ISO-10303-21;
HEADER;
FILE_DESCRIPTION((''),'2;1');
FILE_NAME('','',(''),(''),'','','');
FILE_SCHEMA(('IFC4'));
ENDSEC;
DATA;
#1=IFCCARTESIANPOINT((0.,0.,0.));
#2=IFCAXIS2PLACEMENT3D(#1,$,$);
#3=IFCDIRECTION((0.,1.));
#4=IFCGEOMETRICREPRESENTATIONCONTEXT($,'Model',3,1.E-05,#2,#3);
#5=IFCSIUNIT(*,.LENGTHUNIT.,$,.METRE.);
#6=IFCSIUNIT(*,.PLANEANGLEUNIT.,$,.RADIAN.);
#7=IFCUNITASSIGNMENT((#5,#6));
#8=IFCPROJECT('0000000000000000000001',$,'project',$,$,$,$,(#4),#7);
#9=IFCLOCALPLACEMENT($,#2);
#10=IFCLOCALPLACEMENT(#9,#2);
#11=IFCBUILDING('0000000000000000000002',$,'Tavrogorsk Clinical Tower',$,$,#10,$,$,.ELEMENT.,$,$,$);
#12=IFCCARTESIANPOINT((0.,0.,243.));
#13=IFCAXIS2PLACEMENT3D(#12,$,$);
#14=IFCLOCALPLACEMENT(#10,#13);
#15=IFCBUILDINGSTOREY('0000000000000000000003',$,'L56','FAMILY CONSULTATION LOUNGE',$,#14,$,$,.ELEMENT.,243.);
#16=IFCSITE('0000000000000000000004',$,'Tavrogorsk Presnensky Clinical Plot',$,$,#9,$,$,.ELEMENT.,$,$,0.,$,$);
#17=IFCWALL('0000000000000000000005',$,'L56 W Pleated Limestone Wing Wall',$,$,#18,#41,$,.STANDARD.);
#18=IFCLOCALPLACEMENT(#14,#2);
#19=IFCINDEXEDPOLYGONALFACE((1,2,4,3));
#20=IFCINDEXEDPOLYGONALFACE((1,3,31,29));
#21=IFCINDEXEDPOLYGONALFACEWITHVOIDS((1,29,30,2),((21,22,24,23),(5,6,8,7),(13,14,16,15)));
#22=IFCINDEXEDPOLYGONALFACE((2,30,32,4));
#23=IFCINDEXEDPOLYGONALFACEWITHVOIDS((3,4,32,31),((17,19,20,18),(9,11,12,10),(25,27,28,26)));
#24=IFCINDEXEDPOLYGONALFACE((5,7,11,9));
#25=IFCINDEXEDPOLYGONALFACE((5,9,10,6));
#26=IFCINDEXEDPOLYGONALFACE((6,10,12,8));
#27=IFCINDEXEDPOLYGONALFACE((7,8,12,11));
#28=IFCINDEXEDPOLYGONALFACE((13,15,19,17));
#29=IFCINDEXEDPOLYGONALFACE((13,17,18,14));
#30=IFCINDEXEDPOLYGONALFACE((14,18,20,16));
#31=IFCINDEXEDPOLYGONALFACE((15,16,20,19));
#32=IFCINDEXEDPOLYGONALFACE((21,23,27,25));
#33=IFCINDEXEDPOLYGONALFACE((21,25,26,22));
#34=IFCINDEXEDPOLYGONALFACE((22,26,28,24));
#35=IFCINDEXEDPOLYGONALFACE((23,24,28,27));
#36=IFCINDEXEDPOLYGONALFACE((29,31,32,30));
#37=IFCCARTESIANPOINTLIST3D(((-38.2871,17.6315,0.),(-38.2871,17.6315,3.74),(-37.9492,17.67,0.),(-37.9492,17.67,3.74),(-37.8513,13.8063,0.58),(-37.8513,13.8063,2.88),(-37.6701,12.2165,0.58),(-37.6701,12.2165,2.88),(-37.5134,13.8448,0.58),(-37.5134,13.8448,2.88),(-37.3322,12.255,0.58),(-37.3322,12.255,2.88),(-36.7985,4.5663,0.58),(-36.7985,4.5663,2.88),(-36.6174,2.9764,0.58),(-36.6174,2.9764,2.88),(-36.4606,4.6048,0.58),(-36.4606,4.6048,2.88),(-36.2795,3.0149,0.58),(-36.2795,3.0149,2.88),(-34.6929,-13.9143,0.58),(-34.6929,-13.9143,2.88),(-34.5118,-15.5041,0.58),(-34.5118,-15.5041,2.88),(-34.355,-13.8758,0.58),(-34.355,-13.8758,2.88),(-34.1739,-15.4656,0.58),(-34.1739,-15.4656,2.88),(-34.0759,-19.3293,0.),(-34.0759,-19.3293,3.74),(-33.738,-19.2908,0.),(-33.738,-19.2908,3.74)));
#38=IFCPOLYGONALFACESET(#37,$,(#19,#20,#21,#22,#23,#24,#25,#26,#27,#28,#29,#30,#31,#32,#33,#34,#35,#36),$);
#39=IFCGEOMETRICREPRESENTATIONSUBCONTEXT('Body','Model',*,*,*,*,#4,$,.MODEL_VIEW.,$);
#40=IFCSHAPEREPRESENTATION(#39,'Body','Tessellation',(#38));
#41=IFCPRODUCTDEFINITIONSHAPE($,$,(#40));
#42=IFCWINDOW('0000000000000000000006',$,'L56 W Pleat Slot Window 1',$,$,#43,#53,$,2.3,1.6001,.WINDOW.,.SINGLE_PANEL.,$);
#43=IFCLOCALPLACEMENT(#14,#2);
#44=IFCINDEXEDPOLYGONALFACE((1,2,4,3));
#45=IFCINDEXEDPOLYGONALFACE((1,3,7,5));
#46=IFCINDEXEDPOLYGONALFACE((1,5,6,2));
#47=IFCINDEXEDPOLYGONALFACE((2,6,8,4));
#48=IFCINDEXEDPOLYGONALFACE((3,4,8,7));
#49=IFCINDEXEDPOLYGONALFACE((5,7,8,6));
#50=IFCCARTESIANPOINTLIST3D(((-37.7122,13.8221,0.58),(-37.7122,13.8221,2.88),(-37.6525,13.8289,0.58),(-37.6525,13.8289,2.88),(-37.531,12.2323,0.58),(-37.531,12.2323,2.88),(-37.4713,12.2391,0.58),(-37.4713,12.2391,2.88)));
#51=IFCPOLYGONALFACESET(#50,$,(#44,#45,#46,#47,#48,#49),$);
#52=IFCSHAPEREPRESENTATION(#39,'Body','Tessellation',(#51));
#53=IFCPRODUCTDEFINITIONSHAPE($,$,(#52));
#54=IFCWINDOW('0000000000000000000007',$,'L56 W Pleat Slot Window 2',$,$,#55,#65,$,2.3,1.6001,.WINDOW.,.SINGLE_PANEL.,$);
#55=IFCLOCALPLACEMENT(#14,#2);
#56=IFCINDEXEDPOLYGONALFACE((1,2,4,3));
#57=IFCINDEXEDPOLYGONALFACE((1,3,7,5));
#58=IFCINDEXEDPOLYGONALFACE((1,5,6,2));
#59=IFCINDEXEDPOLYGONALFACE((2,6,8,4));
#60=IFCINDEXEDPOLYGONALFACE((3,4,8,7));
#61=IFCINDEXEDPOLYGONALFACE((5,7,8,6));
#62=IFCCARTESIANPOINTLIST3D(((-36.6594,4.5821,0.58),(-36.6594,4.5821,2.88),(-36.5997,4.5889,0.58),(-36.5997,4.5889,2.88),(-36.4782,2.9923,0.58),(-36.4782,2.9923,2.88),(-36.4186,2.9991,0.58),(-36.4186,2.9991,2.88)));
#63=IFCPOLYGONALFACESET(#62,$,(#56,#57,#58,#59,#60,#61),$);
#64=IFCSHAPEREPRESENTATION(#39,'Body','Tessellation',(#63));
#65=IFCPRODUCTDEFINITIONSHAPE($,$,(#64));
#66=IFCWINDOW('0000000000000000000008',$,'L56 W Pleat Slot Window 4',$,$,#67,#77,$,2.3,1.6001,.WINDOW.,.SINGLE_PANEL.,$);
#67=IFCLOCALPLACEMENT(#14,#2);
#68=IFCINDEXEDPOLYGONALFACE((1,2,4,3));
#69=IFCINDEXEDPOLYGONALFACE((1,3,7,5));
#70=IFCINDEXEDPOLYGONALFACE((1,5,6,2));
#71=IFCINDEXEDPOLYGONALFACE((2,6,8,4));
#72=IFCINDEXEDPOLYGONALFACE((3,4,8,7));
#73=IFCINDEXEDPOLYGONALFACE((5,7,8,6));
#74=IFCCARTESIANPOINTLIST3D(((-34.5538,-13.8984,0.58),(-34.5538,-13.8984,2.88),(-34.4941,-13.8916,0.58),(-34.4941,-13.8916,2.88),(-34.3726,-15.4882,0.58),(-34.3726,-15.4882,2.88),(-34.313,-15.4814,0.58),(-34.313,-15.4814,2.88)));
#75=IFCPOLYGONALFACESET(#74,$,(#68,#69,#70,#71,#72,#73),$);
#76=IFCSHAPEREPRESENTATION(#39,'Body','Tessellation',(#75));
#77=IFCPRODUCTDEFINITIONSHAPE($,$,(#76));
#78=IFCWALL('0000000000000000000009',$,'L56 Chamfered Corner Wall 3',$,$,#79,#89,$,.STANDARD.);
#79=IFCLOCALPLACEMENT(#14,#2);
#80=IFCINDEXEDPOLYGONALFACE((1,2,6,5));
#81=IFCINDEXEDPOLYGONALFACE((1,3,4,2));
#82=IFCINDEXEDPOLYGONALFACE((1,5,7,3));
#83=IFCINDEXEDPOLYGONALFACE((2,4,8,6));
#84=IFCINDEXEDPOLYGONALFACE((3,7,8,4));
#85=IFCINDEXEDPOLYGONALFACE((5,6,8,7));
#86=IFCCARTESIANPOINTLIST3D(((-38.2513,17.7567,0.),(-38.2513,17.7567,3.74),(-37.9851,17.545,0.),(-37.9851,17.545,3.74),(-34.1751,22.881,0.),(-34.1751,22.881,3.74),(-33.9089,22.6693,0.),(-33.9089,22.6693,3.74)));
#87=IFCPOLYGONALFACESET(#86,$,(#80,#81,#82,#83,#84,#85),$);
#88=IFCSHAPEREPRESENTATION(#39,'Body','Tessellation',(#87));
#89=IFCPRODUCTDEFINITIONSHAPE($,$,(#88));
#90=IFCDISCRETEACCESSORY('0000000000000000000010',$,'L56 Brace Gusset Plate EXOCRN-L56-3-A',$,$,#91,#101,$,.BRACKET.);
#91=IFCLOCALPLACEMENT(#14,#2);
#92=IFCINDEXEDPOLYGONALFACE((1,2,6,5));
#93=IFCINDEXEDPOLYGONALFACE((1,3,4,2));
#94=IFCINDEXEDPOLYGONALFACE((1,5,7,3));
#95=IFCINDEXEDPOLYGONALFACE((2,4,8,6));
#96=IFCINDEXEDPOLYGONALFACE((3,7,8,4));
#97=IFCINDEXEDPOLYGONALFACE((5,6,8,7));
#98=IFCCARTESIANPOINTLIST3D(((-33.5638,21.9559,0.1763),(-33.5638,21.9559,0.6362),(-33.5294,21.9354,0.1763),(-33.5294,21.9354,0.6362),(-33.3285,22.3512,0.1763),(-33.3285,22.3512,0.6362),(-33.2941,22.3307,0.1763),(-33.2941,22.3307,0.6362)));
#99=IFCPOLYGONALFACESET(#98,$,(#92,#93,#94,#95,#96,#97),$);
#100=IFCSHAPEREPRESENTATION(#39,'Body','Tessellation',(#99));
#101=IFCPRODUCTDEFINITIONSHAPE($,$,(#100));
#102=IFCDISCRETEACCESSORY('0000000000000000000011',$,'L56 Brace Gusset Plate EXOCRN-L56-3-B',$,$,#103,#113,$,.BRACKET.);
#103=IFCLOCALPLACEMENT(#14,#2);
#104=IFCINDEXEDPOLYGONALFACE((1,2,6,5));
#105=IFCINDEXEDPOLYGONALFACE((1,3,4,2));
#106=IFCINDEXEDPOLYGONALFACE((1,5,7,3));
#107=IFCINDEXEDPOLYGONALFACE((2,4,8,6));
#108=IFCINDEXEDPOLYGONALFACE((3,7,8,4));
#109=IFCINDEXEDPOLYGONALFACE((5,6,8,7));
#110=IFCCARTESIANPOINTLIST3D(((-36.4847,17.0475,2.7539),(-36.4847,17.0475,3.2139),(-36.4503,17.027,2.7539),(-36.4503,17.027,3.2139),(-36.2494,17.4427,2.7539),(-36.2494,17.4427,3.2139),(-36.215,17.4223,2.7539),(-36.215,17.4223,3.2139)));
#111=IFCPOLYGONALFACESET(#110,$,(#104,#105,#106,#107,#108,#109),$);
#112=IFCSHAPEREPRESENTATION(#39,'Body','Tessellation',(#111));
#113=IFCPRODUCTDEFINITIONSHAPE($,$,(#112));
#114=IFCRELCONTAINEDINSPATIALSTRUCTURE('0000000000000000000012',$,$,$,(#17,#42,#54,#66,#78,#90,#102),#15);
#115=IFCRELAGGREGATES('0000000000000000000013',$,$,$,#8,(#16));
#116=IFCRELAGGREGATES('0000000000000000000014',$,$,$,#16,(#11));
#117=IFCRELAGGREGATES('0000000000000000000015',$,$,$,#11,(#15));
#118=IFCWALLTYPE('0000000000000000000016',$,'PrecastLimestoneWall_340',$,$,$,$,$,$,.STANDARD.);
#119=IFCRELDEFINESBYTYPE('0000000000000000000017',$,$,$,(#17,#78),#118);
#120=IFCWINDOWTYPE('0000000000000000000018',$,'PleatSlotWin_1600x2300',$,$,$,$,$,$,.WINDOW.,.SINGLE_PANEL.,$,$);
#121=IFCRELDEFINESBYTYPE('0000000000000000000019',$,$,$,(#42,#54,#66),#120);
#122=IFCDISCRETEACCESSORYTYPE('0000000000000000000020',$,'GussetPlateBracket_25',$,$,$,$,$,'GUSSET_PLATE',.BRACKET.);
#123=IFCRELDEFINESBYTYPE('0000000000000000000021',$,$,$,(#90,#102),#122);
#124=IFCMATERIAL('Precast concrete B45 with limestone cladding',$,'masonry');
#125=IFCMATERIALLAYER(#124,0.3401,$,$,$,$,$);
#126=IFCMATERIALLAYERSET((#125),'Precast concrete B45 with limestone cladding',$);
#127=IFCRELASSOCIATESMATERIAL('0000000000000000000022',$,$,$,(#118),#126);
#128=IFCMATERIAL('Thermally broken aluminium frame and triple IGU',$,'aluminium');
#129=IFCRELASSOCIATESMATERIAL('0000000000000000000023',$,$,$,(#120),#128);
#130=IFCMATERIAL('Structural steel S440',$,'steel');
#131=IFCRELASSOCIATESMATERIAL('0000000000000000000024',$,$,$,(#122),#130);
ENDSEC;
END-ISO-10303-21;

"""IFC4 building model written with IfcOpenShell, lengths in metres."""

from ifc_helpers import new_model, si_unit, direction, frame, frame_2d, origin, origin_2d, place, context, subcontext, project, spatial, rectangle, extrude, material, layer, layer_set, type_object, element, fill, save


model = new_model("IFC4")

# Units and contexts
model_context = context("Model", 3, precision=1e-05, world=origin(), true_north=direction((0.0, 1.0)))
body_context = subcontext(model_context, "Body", "Model", "MODEL_VIEW")
ifc_project = project(units=[si_unit("LENGTHUNIT", "METRE"), si_unit("PLANEANGLEUNIT", "RADIAN")], contexts=[model_context])

# Site, building, storey
site_placement = place(None, origin())
site = spatial("IfcSite", under=ifc_project, at=site_placement, Name="Tavrogorsk Presnensky Clinical Plot", CompositionType="ELEMENT", RefElevation=0.0)
building_placement = place(site_placement, origin())
building = spatial("IfcBuilding", under=site, at=building_placement, Name="Tavrogorsk Clinical Tower", CompositionType="ELEMENT")
storey_placement = place(building_placement, frame((0.0, 0.0, 243.0)))
storey = spatial("IfcBuildingStorey", under=building, at=storey_placement, Name="L56", Description="FAMILY CONSULTATION LOUNGE", CompositionType="ELEMENT", Elevation=243.0)

# Wall, openings, windows
ifc_material_1 = material(Name="Precast concrete B45 with limestone cladding", Category="masonry")
ifc_layer_1 = layer(ifc_material_1, 0.3401)
ifc_layer_set_1 = layer_set([ifc_layer_1], Name="Precast concrete B45 with limestone cladding")
wall_type_1 = type_object("IfcWallType", Name="PrecastLimestoneWall_340", PredefinedType="STANDARD", material=ifc_layer_set_1)
wall_1_placement = place(storey_placement, frame((-38.1182, 17.6509, 0.0), z_axis=(0.0, 0.0, 1.0), x_axis=(0.113204, -0.993572, 0.0)))
wall_1 = element("IfcWall", 1, at=wall_1_placement, inside=storey, type_object=wall_type_1, Name="L56 W Pleated Limestone Wing Wall", PredefinedType="STANDARD", context=body_context, shape_type="SweptSolid", body=[
    extrude(rectangle(XDim=37.2, YDim=0.3401, at=frame_2d((18.6001, 0.0))), origin(), (0.0, 0.0, 1.0), 3.74),
])
opening_1_placement = place(wall_1_placement, frame((3.8501, 0.0, 0.5801)))
opening_1 = element("IfcOpeningElement", 2, at=opening_1_placement, cuts=wall_1, PredefinedType="OPENING", context=body_context, shape_type="SweptSolid", body=[
    extrude(rectangle(XDim=1.6001, YDim=2.3, at=frame_2d((0.8, 1.1499))), frame((0.0, 0.1799, 0.0), z_axis=(0.0, -1.0, 0.0), x_axis=(1.0, 0.0, 0.0)), (0.0, 0.0, 1.0), 0.3601),
])
opening_2_placement = place(wall_1_placement, frame((13.1499, 0.0, 0.5801)))
opening_2 = element("IfcOpeningElement", 3, at=opening_2_placement, cuts=wall_1, PredefinedType="OPENING", context=body_context, shape_type="SweptSolid", body=[
    extrude(rectangle(XDim=1.6001, YDim=2.3, at=frame_2d((0.8, 1.1499))), frame((0.0, 0.1799, 0.0), z_axis=(0.0, -1.0, 0.0), x_axis=(1.0, 0.0, 0.0)), (0.0, 0.0, 1.0), 0.3601),
])
opening_3_placement = place(wall_1_placement, frame((31.75, 0.0, 0.5801)))
opening_3 = element("IfcOpeningElement", 4, at=opening_3_placement, cuts=wall_1, PredefinedType="OPENING", context=body_context, shape_type="SweptSolid", body=[
    extrude(rectangle(XDim=1.6001, YDim=2.3, at=frame_2d((0.8, 1.1499))), frame((0.0, 0.1799, 0.0), z_axis=(0.0, -1.0, 0.0), x_axis=(1.0, 0.0, 0.0)), (0.0, 0.0, 1.0), 0.3601),
])
ifc_material_2 = material(Name="Thermally broken aluminium frame and triple IGU", Category="aluminium")
window_type = type_object("IfcWindowType", Name="PleatSlotWin_1600x2300", PartitioningType="SINGLE_PANEL", PredefinedType="WINDOW", material=ifc_material_2)
window_1_placement = place(opening_1_placement, origin())
window_1 = element("IfcWindow", 5, at=window_1_placement, inside=storey, type_object=window_type, Name="L56 W Pleat Slot Window 1", OverallHeight=2.3, OverallWidth=1.6001, PartitioningType="SINGLE_PANEL", PredefinedType="WINDOW", context=body_context, shape_type="SweptSolid", body=[
    extrude(rectangle(XDim=1.6001, YDim=2.3, at=frame_2d((0.8, 1.1499))), frame((0.0, 0.03, 0.0), z_axis=(0.0, -1.0, 0.0), x_axis=(1.0, 0.0, 0.0)), (0.0, 0.0, 1.0), 0.0601),
])
fill(opening_1, window_1)
window_2_placement = place(opening_2_placement, origin())
window_2 = element("IfcWindow", 6, at=window_2_placement, inside=storey, type_object=window_type, Name="L56 W Pleat Slot Window 2", OverallHeight=2.3, OverallWidth=1.6001, PartitioningType="SINGLE_PANEL", PredefinedType="WINDOW", context=body_context, shape_type="SweptSolid", body=[
    extrude(rectangle(XDim=1.6001, YDim=2.3, at=frame_2d((0.8, 1.1499))), frame((0.0, 0.03, 0.0), z_axis=(0.0, -1.0, 0.0), x_axis=(1.0, 0.0, 0.0)), (0.0, 0.0, 1.0), 0.0601),
])
fill(opening_2, window_2)
window_3_placement = place(opening_3_placement, origin())
window_3 = element("IfcWindow", 7, at=window_3_placement, inside=storey, type_object=window_type, Name="L56 W Pleat Slot Window 4", OverallHeight=2.3, OverallWidth=1.6001, PartitioningType="SINGLE_PANEL", PredefinedType="WINDOW", context=body_context, shape_type="SweptSolid", body=[
    extrude(rectangle(XDim=1.6001, YDim=2.3, at=frame_2d((0.8, 1.1499))), frame((0.0, 0.03, 0.0), z_axis=(0.0, -1.0, 0.0), x_axis=(1.0, 0.0, 0.0)), (0.0, 0.0, 1.0), 0.0601),
])
fill(opening_3, window_3)

# Wall
wall_2_placement = place(storey_placement, frame((-34.042, 22.7751, 0.0), z_axis=(0.0, 0.0, 1.0), x_axis=(-0.622528, -0.782597, 0.0)))
element("IfcWall", 8, at=wall_2_placement, inside=storey, type_object=wall_type_1, Name="L56 Chamfered Corner Wall 3", PredefinedType="STANDARD", context=body_context, shape_type="SweptSolid", body=[
    extrude(rectangle(XDim=6.5479, YDim=0.3401, at=frame_2d((3.2739, 0.0))), origin(), (0.0, 0.0, 1.0), 3.74),
])

# Discrete accessories
ifc_material_3 = material(Name="Structural steel S440", Category="steel")
discrete_accessory_type = type_object("IfcDiscreteAccessoryType", Name="GussetPlateBracket_25", ElementType="GUSSET_PLATE", PredefinedType="BRACKET", material=ifc_material_3)
for number, where, z_axis, x_axis, name in (
    (9, (-33.429, 22.1433, 0.1763), (0.0, 0.0, 1.0), (-0.511443, -0.859317, 0.0), "L56 Brace Gusset Plate EXOCRN-L56-3-A"),
    (10, (-36.3499, 17.2349, 2.7539), (0.0, 0.0, 1.0), (-0.511443, -0.859317, 0.0), "L56 Brace Gusset Plate EXOCRN-L56-3-B"),
):
    element("IfcDiscreteAccessory", number, at=place(storey_placement, frame(where, z_axis=z_axis, x_axis=x_axis)), inside=storey, type_object=discrete_accessory_type, Name=name, PredefinedType="BRACKET", context=body_context, shape_type="SweptSolid", body=[
        extrude(rectangle(XDim=0.46, YDim=0.04, at=origin_2d()), origin(), (0.0, 0.0, 1.0), 0.46),
    ])

save(model, "model.ifc")
